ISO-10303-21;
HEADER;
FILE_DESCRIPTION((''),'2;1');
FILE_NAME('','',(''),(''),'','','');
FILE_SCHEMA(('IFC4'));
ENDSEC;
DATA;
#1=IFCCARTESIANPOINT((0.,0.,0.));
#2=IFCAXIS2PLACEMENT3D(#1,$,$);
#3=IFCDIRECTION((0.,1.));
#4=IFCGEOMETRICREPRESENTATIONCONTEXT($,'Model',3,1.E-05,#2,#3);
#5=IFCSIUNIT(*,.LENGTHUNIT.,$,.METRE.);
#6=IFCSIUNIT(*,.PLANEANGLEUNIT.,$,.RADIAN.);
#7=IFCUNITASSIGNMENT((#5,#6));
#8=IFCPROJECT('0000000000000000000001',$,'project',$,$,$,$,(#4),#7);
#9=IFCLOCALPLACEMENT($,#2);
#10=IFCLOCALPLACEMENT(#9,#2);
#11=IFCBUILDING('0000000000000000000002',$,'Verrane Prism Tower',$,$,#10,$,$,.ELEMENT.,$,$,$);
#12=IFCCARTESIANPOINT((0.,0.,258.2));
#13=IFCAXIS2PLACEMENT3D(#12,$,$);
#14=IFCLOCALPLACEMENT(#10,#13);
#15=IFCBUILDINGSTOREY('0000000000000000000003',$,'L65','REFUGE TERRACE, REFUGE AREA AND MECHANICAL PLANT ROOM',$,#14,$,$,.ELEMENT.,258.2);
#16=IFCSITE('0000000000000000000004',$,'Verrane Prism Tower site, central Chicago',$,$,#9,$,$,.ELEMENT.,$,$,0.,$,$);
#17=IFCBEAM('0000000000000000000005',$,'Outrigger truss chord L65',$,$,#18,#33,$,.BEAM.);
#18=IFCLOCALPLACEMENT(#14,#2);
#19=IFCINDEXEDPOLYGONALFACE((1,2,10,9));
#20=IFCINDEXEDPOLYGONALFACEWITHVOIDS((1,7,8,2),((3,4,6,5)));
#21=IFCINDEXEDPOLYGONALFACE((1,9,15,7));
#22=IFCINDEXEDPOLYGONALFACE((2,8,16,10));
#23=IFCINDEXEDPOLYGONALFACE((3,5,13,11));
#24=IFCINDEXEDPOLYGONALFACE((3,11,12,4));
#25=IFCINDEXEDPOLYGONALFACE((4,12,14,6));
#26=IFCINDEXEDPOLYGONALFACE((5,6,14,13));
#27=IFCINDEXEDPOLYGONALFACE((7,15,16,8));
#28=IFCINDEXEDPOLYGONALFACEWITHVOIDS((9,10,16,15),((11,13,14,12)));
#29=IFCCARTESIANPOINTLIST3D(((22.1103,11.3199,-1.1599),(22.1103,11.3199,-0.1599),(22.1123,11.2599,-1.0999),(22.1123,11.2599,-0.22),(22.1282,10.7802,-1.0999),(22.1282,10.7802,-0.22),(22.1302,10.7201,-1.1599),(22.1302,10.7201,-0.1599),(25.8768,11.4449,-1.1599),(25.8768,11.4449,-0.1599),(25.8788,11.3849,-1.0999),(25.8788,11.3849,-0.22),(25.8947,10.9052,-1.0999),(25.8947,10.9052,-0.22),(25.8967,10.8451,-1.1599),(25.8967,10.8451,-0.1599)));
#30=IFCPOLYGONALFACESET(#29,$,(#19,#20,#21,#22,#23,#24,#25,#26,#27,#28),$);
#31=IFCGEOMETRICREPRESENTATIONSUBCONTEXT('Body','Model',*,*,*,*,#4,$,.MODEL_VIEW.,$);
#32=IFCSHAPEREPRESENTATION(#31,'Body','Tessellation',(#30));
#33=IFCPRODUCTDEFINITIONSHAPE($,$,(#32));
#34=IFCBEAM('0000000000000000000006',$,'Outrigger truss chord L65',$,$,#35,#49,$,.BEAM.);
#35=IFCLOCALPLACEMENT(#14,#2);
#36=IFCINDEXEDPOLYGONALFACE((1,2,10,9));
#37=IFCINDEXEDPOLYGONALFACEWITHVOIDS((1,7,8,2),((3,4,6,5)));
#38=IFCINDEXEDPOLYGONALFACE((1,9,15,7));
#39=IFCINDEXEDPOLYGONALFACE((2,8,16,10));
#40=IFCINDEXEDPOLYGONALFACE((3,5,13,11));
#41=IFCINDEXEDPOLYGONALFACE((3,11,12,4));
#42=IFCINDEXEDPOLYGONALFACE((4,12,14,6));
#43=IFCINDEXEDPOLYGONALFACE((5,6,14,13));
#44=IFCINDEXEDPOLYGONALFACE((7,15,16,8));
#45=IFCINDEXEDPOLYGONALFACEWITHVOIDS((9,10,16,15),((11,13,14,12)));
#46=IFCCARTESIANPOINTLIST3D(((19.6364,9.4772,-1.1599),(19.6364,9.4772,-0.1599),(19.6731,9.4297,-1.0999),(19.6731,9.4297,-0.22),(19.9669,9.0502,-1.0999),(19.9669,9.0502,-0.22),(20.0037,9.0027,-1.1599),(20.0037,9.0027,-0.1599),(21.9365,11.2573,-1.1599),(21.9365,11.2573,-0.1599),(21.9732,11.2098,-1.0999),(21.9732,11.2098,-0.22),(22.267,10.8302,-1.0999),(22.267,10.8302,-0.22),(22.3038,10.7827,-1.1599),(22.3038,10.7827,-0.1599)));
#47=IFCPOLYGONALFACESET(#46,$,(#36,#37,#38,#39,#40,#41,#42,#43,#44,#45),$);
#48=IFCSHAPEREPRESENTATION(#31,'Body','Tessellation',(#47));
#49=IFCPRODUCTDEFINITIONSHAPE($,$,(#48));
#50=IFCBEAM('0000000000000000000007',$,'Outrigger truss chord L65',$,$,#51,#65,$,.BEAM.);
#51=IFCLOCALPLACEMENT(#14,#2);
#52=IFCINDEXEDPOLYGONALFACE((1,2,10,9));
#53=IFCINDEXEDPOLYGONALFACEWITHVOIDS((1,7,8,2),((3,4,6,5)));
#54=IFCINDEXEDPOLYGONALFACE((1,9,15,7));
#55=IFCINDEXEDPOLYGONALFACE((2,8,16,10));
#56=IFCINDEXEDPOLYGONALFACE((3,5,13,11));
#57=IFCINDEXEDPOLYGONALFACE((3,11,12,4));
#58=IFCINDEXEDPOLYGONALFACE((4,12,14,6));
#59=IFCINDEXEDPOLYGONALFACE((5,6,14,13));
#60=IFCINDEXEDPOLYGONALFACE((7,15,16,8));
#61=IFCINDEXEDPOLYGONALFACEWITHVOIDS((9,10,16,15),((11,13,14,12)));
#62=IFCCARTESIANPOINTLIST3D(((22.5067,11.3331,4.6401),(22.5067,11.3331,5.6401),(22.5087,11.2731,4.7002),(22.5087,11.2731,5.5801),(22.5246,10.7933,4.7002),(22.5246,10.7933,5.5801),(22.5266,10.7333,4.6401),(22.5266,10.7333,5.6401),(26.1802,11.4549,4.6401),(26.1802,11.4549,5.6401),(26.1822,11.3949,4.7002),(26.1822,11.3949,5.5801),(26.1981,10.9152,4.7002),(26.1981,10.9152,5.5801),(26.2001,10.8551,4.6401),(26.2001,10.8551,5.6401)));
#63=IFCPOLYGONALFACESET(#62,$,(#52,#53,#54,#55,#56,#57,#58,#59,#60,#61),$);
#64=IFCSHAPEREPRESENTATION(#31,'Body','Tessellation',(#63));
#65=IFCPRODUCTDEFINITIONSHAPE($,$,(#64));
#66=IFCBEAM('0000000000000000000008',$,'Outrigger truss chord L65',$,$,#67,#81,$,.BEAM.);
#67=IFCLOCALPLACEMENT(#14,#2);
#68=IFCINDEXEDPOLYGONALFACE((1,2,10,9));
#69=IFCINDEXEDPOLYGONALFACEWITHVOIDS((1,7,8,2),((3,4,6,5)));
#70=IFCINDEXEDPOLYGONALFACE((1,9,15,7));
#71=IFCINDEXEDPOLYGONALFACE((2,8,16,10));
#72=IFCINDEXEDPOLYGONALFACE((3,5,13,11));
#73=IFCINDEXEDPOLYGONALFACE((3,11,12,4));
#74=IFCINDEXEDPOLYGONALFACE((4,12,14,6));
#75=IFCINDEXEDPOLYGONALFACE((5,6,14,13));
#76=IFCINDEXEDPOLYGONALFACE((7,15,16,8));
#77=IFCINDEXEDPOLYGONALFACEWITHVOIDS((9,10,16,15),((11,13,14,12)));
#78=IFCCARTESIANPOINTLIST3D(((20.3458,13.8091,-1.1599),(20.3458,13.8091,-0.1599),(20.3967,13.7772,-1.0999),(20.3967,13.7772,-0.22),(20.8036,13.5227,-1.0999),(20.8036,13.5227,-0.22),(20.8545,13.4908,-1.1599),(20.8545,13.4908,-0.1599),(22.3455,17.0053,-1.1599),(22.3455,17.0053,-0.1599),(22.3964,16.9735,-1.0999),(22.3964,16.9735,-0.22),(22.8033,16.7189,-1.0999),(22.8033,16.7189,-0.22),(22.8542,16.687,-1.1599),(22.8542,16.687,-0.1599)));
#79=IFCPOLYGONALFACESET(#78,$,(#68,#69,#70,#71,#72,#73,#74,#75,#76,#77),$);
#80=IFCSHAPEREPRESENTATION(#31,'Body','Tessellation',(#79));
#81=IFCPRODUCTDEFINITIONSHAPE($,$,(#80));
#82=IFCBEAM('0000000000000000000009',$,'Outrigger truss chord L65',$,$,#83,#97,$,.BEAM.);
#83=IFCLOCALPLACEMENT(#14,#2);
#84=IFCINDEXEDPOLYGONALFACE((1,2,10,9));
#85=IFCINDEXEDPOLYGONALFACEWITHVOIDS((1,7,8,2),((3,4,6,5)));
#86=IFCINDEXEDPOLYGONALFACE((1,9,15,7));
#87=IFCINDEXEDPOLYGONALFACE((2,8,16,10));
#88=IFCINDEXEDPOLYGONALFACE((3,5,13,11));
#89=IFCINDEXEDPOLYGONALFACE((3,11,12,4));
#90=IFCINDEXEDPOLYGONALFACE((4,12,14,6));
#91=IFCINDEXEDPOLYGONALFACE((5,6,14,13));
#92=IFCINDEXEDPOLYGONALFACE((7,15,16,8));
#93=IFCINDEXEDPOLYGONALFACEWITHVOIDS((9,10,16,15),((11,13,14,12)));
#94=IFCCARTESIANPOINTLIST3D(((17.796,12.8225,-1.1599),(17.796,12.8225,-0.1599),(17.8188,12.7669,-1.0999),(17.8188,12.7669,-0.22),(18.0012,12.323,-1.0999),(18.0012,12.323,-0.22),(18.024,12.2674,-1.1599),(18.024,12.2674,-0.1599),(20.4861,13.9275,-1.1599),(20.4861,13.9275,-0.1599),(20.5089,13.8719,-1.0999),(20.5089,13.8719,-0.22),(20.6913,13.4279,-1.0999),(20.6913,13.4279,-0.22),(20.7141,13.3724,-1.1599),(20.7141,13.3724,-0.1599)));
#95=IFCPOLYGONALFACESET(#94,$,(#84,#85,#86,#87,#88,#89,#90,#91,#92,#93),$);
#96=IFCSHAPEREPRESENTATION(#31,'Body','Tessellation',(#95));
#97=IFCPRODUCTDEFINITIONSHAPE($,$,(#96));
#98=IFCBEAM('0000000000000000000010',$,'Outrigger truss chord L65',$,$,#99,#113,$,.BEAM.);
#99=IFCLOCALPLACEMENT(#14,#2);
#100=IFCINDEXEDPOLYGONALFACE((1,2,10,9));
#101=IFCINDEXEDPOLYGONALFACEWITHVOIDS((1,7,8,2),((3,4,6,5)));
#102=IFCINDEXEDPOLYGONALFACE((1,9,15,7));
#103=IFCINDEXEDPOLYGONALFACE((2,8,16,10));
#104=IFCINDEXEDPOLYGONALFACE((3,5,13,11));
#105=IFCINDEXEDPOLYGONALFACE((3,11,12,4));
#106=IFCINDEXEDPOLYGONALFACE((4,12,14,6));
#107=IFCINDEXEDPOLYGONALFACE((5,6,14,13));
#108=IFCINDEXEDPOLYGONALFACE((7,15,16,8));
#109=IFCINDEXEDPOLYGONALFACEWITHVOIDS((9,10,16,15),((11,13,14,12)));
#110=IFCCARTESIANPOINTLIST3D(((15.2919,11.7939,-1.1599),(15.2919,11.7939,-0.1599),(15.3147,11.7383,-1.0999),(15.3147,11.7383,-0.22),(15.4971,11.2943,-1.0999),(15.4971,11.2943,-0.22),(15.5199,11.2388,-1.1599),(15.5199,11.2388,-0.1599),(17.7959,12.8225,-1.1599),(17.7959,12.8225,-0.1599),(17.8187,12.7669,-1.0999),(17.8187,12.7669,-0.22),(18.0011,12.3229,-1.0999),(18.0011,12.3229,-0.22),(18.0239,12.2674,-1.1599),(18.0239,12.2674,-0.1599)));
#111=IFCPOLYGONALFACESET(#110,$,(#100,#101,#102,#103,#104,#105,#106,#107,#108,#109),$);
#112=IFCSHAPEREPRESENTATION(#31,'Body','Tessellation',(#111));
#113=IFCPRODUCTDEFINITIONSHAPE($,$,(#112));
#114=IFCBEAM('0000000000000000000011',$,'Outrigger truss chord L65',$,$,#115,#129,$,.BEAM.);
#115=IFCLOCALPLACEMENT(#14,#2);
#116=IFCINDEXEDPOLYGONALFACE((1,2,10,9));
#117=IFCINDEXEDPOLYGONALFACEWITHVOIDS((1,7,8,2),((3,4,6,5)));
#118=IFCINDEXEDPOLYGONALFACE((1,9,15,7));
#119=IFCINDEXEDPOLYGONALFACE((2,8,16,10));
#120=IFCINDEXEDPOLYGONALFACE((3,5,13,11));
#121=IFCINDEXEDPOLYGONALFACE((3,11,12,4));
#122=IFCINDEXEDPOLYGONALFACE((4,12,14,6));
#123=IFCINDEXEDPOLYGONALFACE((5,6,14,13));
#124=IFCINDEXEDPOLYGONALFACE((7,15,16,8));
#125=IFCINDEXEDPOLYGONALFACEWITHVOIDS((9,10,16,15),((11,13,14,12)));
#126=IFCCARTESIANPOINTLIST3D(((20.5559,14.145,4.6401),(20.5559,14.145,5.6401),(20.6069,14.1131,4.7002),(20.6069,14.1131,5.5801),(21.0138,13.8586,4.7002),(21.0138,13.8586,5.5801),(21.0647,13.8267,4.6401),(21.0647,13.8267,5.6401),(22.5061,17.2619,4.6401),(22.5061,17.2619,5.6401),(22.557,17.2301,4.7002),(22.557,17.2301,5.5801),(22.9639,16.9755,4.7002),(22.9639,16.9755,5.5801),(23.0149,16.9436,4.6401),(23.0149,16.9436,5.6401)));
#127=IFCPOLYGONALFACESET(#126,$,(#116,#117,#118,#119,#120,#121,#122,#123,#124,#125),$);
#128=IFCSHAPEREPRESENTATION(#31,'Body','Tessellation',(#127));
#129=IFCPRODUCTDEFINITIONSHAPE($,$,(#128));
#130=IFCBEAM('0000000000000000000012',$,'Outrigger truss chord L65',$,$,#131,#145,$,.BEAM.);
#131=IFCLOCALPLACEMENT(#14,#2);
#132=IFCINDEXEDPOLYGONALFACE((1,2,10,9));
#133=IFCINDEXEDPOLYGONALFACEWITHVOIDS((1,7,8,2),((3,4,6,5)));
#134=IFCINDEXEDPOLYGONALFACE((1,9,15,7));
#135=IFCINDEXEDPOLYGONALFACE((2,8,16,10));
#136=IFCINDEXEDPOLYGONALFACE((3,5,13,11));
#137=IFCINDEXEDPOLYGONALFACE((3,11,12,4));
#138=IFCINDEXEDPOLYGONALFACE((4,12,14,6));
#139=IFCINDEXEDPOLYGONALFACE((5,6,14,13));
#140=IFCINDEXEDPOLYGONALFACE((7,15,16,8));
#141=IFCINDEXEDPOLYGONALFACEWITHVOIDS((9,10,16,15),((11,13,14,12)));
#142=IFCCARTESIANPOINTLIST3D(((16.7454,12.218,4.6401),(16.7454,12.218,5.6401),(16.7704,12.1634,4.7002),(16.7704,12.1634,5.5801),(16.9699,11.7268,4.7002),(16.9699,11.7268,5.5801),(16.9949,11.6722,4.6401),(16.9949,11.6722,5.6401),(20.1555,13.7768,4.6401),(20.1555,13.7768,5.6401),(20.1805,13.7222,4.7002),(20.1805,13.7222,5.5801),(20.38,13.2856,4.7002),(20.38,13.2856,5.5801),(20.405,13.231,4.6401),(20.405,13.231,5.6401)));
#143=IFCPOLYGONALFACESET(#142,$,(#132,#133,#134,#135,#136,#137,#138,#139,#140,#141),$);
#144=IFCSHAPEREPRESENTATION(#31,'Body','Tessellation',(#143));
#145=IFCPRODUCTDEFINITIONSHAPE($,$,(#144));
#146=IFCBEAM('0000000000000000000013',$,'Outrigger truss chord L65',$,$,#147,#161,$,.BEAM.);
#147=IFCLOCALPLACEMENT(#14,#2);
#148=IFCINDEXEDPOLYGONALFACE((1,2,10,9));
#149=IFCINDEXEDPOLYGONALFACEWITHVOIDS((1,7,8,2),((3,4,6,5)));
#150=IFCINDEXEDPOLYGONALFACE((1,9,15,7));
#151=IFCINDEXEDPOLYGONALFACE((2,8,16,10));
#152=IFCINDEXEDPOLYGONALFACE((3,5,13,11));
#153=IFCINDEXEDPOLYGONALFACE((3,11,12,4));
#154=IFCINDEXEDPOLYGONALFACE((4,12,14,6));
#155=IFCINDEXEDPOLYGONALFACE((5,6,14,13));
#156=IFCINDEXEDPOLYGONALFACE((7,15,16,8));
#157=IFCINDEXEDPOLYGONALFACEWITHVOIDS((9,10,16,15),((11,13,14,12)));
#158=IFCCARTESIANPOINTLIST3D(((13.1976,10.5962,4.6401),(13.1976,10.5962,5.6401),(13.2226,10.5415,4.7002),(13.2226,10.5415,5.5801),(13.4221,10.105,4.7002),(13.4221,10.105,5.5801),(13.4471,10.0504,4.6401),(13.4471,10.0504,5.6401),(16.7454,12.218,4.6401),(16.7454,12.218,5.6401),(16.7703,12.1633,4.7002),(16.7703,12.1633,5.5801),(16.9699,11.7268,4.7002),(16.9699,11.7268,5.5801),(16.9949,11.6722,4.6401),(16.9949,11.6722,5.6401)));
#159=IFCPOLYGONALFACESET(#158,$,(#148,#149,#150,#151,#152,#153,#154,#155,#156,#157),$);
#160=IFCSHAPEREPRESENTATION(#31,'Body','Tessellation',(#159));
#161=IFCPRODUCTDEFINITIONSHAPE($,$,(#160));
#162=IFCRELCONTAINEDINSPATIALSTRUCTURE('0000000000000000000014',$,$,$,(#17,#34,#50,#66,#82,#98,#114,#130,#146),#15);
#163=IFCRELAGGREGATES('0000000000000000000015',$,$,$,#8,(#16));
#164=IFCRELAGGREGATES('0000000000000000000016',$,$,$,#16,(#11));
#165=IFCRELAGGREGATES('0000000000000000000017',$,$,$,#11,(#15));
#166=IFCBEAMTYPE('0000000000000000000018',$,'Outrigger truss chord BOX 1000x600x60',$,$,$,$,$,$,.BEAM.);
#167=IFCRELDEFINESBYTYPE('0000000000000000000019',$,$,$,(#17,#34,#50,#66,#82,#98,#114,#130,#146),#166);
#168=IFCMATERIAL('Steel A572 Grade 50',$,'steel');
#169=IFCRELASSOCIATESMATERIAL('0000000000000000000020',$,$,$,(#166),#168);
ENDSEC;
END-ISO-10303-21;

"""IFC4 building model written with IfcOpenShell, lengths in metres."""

from ifc_helpers import new_model, si_unit, direction, frame, origin, origin_2d, place, context, subcontext, project, spatial, hollow_rectangle, extrude, material, material_profile, profile_set, type_object, element, save


model = new_model("IFC4")

# Units and contexts
model_context = context("Model", 3, precision=1e-05, world=origin(), true_north=direction((0.0, 1.0)))
body_context = subcontext(model_context, "Body", "Model", "MODEL_VIEW")
ifc_project = project(units=[si_unit("LENGTHUNIT", "METRE"), si_unit("PLANEANGLEUNIT", "RADIAN")], contexts=[model_context])

# Site, building, storey
site_placement = place(None, origin())
site = spatial("IfcSite", under=ifc_project, at=site_placement, Name="Verrane Prism Tower site, central Chicago", CompositionType="ELEMENT", RefElevation=0.0)
building_placement = place(site_placement, origin())
building = spatial("IfcBuilding", under=site, at=building_placement, Name="Verrane Prism Tower", CompositionType="ELEMENT")
storey_placement = place(building_placement, frame((0.0, 0.0, 258.2)))
storey = spatial("IfcBuildingStorey", under=building, at=storey_placement, Name="L65", Description="REFUGE TERRACE, REFUGE AREA AND MECHANICAL PLANT ROOM", CompositionType="ELEMENT", Elevation=258.2)

# Beams
ifc_material_1 = material(Name="Steel A572 Grade 50", Category="steel")
ifc_material_profile_1 = material_profile(ifc_material_1, hollow_rectangle(XDim=0.6001, YDim=1.0, WallThickness=0.0601, at=origin_2d()), Name="BOX 1000x600x60")
ifc_profile_set_1 = profile_set([ifc_material_profile_1], Name="Steel A572 Grade 50")
beam_type_1 = type_object("IfcBeamType", Name="Outrigger truss chord BOX 1000x600x60", PredefinedType="BEAM", material=ifc_profile_set_1)
beam_1_placement = place(storey_placement, frame((25.8867, 11.145, -0.6599), z_axis=(-0.99945, -0.033168, 0.0), x_axis=(0.033168, -0.99945, 0.0)))
element("IfcBeam", 1, at=beam_1_placement, inside=storey, type_object=beam_type_1, Name="Outrigger truss chord L65", PredefinedType="BEAM", context=body_context, shape_type="SweptSolid", body=[
    extrude(hollow_rectangle(XDim=0.6001, YDim=1.0, WallThickness=0.0601, at=origin_2d()), origin(), (0.0, 0.0, 1.0), 3.7686),
])
beam_2_placement = place(storey_placement, frame((22.1201, 11.02, -0.6599), z_axis=(-0.790832, -0.612033, 0.0), x_axis=(0.612033, -0.790832, 0.0)))
element("IfcBeam", 2, at=beam_2_placement, inside=storey, type_object=beam_type_1, Name="Outrigger truss chord L65", PredefinedType="BEAM", context=body_context, shape_type="SweptSolid", body=[
    extrude(hollow_rectangle(XDim=0.6001, YDim=1.0, WallThickness=0.0601, at=origin_2d()), origin(), (0.0, 0.0, 1.0), 2.9084),
])
beam_3_placement = place(storey_placement, frame((26.1902, 11.155, 5.1401), z_axis=(-0.999451, -0.033145, 0.0), x_axis=(0.033145, -0.999451, 0.0)))
element("IfcBeam", 3, at=beam_3_placement, inside=storey, type_object=beam_type_1, Name="Outrigger truss chord L65", PredefinedType="BEAM", context=body_context, shape_type="SweptSolid", body=[
    extrude(hollow_rectangle(XDim=0.6001, YDim=1.0, WallThickness=0.0601, at=origin_2d()), origin(), (0.0, 0.0, 1.0), 3.6755),
])
beam_4_placement = place(storey_placement, frame((22.5999, 16.8462, -0.6599), z_axis=(-0.530395, -0.847751, 0.0), x_axis=(0.847751, -0.530395, 0.0)))
element("IfcBeam", 4, at=beam_4_placement, inside=storey, type_object=beam_type_1, Name="Outrigger truss chord L65", PredefinedType="BEAM", context=body_context, shape_type="SweptSolid", body=[
    extrude(hollow_rectangle(XDim=0.6001, YDim=1.0, WallThickness=0.0601, at=origin_2d()), origin(), (0.0, 0.0, 1.0), 3.7703),
])
beam_5_placement = place(storey_placement, frame((20.6001, 13.6499, -0.6599), z_axis=(-0.92501, -0.379943, 0.0), x_axis=(0.379943, -0.92501, 0.0)))
element("IfcBeam", 5, at=beam_5_placement, inside=storey, type_object=beam_type_1, Name="Outrigger truss chord L65", PredefinedType="BEAM", context=body_context, shape_type="SweptSolid", body=[
    extrude(hollow_rectangle(XDim=0.6001, YDim=1.0, WallThickness=0.0601, at=origin_2d()), origin(), (0.0, 0.0, 1.0), 2.9082),
])
beam_6_placement = place(storey_placement, frame((17.9099, 12.5449, -0.6599), z_axis=(-0.924997, -0.379974, 0.0), x_axis=(0.379974, -0.924997, 0.0)))
element("IfcBeam", 6, at=beam_6_placement, inside=storey, type_object=beam_type_1, Name="Outrigger truss chord L65", PredefinedType="BEAM", context=body_context, shape_type="SweptSolid", body=[
    extrude(hollow_rectangle(XDim=0.6001, YDim=1.0, WallThickness=0.0601, at=origin_2d()), origin(), (0.0, 0.0, 1.0), 2.707),
])
beam_7_placement = place(storey_placement, frame((22.7605, 17.1028, 5.1401), z_axis=(-0.530411, -0.847741, 0.0), x_axis=(0.847741, -0.530411, 0.0)))
element("IfcBeam", 7, at=beam_7_placement, inside=storey, type_object=beam_type_1, Name="Outrigger truss chord L65", PredefinedType="BEAM", context=body_context, shape_type="SweptSolid", body=[
    extrude(hollow_rectangle(XDim=0.6001, YDim=1.0, WallThickness=0.0601, at=origin_2d()), origin(), (0.0, 0.0, 1.0), 3.6768),
])
beam_8_placement = place(storey_placement, frame((20.2803, 13.5039, 5.1401), z_axis=(-0.909484, -0.41574, 0.0), x_axis=(0.41574, -0.909484, 0.0)))
element("IfcBeam", 8, at=beam_8_placement, inside=storey, type_object=beam_type_1, Name="Outrigger truss chord L65", PredefinedType="BEAM", context=body_context, shape_type="SweptSolid", body=[
    extrude(hollow_rectangle(XDim=0.6001, YDim=1.0, WallThickness=0.0601, at=origin_2d()), origin(), (0.0, 0.0, 1.0), 3.7495),
])
beam_9_placement = place(storey_placement, frame((16.8701, 11.9451, 5.1401), z_axis=(-0.909479, -0.415749, 0.0), x_axis=(0.415749, -0.909479, 0.0)))
element("IfcBeam", 9, at=beam_9_placement, inside=storey, type_object=beam_type_1, Name="Outrigger truss chord L65", PredefinedType="BEAM", context=body_context, shape_type="SweptSolid", body=[
    extrude(hollow_rectangle(XDim=0.6001, YDim=1.0, WallThickness=0.0601, at=origin_2d()), origin(), (0.0, 0.0, 1.0), 3.9009),
])

save(model, "model.ifc")
